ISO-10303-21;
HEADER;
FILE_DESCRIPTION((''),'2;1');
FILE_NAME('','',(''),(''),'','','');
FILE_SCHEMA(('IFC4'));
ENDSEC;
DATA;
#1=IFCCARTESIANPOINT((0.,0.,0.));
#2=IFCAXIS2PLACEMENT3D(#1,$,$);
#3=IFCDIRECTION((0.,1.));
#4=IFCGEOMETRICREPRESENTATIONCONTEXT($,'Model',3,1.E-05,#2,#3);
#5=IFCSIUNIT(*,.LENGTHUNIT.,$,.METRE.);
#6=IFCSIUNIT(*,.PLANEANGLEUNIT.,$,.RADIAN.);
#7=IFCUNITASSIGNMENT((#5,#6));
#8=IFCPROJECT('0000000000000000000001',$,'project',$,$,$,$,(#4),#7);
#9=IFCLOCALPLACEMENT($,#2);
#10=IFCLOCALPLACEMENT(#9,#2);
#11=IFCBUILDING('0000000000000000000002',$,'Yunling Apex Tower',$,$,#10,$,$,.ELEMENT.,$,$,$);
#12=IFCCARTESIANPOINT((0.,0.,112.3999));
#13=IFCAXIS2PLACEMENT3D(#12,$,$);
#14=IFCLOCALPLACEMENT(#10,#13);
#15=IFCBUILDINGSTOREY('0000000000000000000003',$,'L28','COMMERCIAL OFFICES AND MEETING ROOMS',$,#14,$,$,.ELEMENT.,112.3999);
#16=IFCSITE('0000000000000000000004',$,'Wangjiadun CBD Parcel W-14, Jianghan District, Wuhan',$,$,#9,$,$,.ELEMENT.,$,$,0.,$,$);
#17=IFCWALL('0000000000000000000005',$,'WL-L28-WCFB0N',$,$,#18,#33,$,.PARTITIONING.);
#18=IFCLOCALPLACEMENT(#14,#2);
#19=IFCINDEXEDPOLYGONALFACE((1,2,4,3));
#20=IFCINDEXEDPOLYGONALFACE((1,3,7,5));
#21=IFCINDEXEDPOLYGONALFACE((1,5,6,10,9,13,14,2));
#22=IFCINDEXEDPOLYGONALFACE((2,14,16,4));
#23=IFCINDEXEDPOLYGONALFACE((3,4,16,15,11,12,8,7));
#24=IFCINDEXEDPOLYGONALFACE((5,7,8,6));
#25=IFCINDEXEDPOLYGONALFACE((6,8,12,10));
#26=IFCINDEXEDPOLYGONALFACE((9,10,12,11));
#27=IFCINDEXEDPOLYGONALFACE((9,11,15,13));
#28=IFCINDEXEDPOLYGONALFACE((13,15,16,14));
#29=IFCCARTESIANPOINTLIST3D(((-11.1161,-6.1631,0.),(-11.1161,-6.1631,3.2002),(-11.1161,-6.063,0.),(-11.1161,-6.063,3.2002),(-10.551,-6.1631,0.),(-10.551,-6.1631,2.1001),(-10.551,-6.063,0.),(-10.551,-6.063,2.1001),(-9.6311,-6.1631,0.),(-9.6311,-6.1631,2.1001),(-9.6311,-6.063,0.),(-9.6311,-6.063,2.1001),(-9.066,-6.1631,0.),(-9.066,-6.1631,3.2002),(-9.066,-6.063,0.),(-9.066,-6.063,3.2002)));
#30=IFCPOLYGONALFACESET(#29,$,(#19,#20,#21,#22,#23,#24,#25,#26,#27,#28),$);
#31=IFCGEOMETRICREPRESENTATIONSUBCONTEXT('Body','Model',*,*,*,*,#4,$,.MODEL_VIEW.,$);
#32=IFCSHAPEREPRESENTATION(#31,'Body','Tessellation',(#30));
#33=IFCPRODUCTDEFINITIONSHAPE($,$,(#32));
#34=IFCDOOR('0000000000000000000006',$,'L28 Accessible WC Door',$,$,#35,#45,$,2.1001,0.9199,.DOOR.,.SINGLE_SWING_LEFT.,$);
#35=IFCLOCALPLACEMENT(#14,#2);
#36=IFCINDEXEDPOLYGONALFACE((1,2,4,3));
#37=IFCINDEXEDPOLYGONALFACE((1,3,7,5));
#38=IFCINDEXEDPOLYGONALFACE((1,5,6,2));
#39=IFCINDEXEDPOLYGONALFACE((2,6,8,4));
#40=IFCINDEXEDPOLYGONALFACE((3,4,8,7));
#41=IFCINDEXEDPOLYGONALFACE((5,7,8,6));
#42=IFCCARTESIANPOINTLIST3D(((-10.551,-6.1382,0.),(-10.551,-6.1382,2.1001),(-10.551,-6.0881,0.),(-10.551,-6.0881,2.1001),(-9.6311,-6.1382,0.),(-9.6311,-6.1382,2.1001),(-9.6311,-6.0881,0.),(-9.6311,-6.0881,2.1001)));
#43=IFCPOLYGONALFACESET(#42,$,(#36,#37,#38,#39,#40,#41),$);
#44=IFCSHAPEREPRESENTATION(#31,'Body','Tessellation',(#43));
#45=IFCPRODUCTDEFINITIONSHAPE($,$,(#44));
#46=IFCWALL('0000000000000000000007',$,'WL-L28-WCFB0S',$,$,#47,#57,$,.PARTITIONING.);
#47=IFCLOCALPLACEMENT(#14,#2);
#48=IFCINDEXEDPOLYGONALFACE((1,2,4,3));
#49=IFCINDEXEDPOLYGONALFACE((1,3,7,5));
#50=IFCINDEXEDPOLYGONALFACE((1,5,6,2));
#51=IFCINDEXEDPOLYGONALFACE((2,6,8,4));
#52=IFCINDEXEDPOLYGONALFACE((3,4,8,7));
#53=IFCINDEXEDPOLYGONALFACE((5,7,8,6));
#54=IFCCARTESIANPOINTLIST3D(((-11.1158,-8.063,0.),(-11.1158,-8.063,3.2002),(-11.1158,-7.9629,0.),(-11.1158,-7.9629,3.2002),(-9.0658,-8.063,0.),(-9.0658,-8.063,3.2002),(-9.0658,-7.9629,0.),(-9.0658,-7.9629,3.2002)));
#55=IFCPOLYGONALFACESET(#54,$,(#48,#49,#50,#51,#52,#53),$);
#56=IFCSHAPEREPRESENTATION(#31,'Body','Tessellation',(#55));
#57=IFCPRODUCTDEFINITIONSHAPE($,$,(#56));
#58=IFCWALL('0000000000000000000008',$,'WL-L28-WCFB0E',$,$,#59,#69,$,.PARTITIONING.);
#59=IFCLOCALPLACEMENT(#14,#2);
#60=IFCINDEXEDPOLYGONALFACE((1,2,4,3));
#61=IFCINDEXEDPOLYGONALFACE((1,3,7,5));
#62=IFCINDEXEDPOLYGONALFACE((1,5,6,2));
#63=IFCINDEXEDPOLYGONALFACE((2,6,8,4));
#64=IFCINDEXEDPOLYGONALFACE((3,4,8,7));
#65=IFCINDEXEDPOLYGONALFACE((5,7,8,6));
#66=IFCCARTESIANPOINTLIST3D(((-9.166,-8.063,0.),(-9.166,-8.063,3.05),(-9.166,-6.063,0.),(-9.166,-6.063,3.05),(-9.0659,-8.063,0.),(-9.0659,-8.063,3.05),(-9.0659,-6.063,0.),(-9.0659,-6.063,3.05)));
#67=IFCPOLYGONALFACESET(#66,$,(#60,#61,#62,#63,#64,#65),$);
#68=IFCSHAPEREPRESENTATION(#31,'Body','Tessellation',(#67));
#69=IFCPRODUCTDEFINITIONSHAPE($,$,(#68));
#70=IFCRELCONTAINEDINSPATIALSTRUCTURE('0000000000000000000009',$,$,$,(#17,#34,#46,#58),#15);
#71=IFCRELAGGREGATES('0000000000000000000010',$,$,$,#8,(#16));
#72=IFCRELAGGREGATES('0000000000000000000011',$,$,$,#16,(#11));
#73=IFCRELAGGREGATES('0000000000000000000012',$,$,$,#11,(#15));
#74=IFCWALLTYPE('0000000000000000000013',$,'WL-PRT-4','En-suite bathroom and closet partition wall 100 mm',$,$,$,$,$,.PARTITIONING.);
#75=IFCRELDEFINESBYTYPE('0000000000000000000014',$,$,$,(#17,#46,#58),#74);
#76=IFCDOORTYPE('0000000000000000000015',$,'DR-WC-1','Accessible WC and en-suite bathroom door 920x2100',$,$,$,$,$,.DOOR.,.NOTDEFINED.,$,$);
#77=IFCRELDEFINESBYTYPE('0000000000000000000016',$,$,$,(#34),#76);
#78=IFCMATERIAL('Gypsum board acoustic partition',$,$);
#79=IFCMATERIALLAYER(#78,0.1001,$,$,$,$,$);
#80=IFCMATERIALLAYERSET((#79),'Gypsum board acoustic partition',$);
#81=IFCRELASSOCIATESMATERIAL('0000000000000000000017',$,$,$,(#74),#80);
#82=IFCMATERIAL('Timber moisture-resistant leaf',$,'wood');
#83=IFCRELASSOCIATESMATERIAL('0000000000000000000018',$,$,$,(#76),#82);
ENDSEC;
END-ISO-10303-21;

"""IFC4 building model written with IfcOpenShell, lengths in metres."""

from ifc_helpers import new_model, si_unit, direction, frame, frame_2d, origin, place, context, subcontext, project, spatial, rectangle, extrude, material, layer, layer_set, type_object, element, fill, save


model = new_model("IFC4")

# Units and contexts
model_context = context("Model", 3, precision=1e-05, world=origin(), true_north=direction((0.0, 1.0)))
body_context = subcontext(model_context, "Body", "Model", "MODEL_VIEW")
ifc_project = project(units=[si_unit("LENGTHUNIT", "METRE"), si_unit("PLANEANGLEUNIT", "RADIAN")], contexts=[model_context])

# Site, building, storey
site_placement = place(None, origin())
site = spatial("IfcSite", under=ifc_project, at=site_placement, Name="Wangjiadun CBD Parcel W-14, Jianghan District, Wuhan", CompositionType="ELEMENT", RefElevation=0.0)
building_placement = place(site_placement, origin())
building = spatial("IfcBuilding", under=site, at=building_placement, Name="Yunling Apex Tower", CompositionType="ELEMENT")
storey_placement = place(building_placement, frame((0.0, 0.0, 112.3999)))
storey = spatial("IfcBuildingStorey", under=building, at=storey_placement, Name="L28", Description="COMMERCIAL OFFICES AND MEETING ROOMS", CompositionType="ELEMENT", Elevation=112.3999)

# Shared definitions
ifc_material_1 = material(Name="Gypsum board acoustic partition")

# Wall, opening, door
ifc_layer_1 = layer(ifc_material_1, 0.1001)
ifc_layer_set_1 = layer_set([ifc_layer_1], Name="Gypsum board acoustic partition")
wall_type_1 = type_object("IfcWallType", Name="WL-PRT-4", Description="En-suite bathroom and closet partition wall 100 mm", PredefinedType="PARTITIONING", material=ifc_layer_set_1)
wall_1_placement = place(storey_placement, frame((-11.116, -6.113, 0.0), z_axis=(0.0, 0.0, 1.0), x_axis=(1.0, 0.0, 0.0)))
wall_1 = element("IfcWall", 1, at=wall_1_placement, inside=storey, type_object=wall_type_1, Name="WL-L28-WCFB0N", PredefinedType="PARTITIONING", context=body_context, shape_type="SweptSolid", body=[
    extrude(rectangle(XDim=2.05, YDim=0.1001, at=frame_2d((1.0249, 0.0))), origin(), (0.0, 0.0, 1.0), 3.2002),
])
opening_1_placement = place(wall_1_placement, frame((0.5649, 0.0, 0.0)))
opening_1 = element("IfcOpeningElement", 2, at=opening_1_placement, cuts=wall_1, PredefinedType="OPENING", context=body_context, shape_type="SweptSolid", body=[
    extrude(rectangle(XDim=0.9199, YDim=2.1001, at=frame_2d((0.46, 1.05))), frame((0.0, 0.0601, 0.0), z_axis=(0.0, -1.0, 0.0), x_axis=(1.0, 0.0, 0.0)), (0.0, 0.0, 1.0), 0.1201),
])
ifc_material_2 = material(Name="Timber moisture-resistant leaf", Category="wood")
door_type_1 = type_object("IfcDoorType", Name="DR-WC-1", Description="Accessible WC and en-suite bathroom door 920x2100", OperationType="NOTDEFINED", PredefinedType="DOOR", material=ifc_material_2)
door_1_placement = place(opening_1_placement, origin())
door_1 = element("IfcDoor", 3, at=door_1_placement, inside=storey, type_object=door_type_1, Name="L28 Accessible WC Door", OperationType="SINGLE_SWING_LEFT", OverallHeight=2.1001, OverallWidth=0.9199, PredefinedType="DOOR", context=body_context, shape_type="SweptSolid", body=[
    extrude(rectangle(XDim=0.9199, YDim=2.1001, at=frame_2d((0.46, 1.05))), frame((0.0, 0.0249, 0.0), z_axis=(0.0, -1.0, 0.0), x_axis=(1.0, 0.0, 0.0)), (0.0, 0.0, 1.0), 0.05),
])
fill(opening_1, door_1)

# Walls
wall_2_placement = place(storey_placement, frame((-9.0659, -8.0129, 0.0), z_axis=(0.0, 0.0, 1.0), x_axis=(-1.0, 0.0, 0.0)))
element("IfcWall", 4, at=wall_2_placement, inside=storey, type_object=wall_type_1, Name="WL-L28-WCFB0S", PredefinedType="PARTITIONING", context=body_context, shape_type="SweptSolid", body=[
    extrude(rectangle(XDim=2.05, YDim=0.1001, at=frame_2d((1.0249, 0.0))), origin(), (0.0, 0.0, 1.0), 3.2002),
])
wall_3_placement = place(storey_placement, frame((-9.116, -6.063, 0.0), z_axis=(0.0, 0.0, 1.0), x_axis=(0.0, -1.0, 0.0)))
element("IfcWall", 5, at=wall_3_placement, inside=storey, type_object=wall_type_1, Name="WL-L28-WCFB0E", PredefinedType="PARTITIONING", context=body_context, shape_type="SweptSolid", body=[
    extrude(rectangle(XDim=2.0, YDim=0.1001, at=frame_2d((1.0, 0.0))), origin(), (0.0, 0.0, 1.0), 3.05),
])

save(model, "model.ifc")
